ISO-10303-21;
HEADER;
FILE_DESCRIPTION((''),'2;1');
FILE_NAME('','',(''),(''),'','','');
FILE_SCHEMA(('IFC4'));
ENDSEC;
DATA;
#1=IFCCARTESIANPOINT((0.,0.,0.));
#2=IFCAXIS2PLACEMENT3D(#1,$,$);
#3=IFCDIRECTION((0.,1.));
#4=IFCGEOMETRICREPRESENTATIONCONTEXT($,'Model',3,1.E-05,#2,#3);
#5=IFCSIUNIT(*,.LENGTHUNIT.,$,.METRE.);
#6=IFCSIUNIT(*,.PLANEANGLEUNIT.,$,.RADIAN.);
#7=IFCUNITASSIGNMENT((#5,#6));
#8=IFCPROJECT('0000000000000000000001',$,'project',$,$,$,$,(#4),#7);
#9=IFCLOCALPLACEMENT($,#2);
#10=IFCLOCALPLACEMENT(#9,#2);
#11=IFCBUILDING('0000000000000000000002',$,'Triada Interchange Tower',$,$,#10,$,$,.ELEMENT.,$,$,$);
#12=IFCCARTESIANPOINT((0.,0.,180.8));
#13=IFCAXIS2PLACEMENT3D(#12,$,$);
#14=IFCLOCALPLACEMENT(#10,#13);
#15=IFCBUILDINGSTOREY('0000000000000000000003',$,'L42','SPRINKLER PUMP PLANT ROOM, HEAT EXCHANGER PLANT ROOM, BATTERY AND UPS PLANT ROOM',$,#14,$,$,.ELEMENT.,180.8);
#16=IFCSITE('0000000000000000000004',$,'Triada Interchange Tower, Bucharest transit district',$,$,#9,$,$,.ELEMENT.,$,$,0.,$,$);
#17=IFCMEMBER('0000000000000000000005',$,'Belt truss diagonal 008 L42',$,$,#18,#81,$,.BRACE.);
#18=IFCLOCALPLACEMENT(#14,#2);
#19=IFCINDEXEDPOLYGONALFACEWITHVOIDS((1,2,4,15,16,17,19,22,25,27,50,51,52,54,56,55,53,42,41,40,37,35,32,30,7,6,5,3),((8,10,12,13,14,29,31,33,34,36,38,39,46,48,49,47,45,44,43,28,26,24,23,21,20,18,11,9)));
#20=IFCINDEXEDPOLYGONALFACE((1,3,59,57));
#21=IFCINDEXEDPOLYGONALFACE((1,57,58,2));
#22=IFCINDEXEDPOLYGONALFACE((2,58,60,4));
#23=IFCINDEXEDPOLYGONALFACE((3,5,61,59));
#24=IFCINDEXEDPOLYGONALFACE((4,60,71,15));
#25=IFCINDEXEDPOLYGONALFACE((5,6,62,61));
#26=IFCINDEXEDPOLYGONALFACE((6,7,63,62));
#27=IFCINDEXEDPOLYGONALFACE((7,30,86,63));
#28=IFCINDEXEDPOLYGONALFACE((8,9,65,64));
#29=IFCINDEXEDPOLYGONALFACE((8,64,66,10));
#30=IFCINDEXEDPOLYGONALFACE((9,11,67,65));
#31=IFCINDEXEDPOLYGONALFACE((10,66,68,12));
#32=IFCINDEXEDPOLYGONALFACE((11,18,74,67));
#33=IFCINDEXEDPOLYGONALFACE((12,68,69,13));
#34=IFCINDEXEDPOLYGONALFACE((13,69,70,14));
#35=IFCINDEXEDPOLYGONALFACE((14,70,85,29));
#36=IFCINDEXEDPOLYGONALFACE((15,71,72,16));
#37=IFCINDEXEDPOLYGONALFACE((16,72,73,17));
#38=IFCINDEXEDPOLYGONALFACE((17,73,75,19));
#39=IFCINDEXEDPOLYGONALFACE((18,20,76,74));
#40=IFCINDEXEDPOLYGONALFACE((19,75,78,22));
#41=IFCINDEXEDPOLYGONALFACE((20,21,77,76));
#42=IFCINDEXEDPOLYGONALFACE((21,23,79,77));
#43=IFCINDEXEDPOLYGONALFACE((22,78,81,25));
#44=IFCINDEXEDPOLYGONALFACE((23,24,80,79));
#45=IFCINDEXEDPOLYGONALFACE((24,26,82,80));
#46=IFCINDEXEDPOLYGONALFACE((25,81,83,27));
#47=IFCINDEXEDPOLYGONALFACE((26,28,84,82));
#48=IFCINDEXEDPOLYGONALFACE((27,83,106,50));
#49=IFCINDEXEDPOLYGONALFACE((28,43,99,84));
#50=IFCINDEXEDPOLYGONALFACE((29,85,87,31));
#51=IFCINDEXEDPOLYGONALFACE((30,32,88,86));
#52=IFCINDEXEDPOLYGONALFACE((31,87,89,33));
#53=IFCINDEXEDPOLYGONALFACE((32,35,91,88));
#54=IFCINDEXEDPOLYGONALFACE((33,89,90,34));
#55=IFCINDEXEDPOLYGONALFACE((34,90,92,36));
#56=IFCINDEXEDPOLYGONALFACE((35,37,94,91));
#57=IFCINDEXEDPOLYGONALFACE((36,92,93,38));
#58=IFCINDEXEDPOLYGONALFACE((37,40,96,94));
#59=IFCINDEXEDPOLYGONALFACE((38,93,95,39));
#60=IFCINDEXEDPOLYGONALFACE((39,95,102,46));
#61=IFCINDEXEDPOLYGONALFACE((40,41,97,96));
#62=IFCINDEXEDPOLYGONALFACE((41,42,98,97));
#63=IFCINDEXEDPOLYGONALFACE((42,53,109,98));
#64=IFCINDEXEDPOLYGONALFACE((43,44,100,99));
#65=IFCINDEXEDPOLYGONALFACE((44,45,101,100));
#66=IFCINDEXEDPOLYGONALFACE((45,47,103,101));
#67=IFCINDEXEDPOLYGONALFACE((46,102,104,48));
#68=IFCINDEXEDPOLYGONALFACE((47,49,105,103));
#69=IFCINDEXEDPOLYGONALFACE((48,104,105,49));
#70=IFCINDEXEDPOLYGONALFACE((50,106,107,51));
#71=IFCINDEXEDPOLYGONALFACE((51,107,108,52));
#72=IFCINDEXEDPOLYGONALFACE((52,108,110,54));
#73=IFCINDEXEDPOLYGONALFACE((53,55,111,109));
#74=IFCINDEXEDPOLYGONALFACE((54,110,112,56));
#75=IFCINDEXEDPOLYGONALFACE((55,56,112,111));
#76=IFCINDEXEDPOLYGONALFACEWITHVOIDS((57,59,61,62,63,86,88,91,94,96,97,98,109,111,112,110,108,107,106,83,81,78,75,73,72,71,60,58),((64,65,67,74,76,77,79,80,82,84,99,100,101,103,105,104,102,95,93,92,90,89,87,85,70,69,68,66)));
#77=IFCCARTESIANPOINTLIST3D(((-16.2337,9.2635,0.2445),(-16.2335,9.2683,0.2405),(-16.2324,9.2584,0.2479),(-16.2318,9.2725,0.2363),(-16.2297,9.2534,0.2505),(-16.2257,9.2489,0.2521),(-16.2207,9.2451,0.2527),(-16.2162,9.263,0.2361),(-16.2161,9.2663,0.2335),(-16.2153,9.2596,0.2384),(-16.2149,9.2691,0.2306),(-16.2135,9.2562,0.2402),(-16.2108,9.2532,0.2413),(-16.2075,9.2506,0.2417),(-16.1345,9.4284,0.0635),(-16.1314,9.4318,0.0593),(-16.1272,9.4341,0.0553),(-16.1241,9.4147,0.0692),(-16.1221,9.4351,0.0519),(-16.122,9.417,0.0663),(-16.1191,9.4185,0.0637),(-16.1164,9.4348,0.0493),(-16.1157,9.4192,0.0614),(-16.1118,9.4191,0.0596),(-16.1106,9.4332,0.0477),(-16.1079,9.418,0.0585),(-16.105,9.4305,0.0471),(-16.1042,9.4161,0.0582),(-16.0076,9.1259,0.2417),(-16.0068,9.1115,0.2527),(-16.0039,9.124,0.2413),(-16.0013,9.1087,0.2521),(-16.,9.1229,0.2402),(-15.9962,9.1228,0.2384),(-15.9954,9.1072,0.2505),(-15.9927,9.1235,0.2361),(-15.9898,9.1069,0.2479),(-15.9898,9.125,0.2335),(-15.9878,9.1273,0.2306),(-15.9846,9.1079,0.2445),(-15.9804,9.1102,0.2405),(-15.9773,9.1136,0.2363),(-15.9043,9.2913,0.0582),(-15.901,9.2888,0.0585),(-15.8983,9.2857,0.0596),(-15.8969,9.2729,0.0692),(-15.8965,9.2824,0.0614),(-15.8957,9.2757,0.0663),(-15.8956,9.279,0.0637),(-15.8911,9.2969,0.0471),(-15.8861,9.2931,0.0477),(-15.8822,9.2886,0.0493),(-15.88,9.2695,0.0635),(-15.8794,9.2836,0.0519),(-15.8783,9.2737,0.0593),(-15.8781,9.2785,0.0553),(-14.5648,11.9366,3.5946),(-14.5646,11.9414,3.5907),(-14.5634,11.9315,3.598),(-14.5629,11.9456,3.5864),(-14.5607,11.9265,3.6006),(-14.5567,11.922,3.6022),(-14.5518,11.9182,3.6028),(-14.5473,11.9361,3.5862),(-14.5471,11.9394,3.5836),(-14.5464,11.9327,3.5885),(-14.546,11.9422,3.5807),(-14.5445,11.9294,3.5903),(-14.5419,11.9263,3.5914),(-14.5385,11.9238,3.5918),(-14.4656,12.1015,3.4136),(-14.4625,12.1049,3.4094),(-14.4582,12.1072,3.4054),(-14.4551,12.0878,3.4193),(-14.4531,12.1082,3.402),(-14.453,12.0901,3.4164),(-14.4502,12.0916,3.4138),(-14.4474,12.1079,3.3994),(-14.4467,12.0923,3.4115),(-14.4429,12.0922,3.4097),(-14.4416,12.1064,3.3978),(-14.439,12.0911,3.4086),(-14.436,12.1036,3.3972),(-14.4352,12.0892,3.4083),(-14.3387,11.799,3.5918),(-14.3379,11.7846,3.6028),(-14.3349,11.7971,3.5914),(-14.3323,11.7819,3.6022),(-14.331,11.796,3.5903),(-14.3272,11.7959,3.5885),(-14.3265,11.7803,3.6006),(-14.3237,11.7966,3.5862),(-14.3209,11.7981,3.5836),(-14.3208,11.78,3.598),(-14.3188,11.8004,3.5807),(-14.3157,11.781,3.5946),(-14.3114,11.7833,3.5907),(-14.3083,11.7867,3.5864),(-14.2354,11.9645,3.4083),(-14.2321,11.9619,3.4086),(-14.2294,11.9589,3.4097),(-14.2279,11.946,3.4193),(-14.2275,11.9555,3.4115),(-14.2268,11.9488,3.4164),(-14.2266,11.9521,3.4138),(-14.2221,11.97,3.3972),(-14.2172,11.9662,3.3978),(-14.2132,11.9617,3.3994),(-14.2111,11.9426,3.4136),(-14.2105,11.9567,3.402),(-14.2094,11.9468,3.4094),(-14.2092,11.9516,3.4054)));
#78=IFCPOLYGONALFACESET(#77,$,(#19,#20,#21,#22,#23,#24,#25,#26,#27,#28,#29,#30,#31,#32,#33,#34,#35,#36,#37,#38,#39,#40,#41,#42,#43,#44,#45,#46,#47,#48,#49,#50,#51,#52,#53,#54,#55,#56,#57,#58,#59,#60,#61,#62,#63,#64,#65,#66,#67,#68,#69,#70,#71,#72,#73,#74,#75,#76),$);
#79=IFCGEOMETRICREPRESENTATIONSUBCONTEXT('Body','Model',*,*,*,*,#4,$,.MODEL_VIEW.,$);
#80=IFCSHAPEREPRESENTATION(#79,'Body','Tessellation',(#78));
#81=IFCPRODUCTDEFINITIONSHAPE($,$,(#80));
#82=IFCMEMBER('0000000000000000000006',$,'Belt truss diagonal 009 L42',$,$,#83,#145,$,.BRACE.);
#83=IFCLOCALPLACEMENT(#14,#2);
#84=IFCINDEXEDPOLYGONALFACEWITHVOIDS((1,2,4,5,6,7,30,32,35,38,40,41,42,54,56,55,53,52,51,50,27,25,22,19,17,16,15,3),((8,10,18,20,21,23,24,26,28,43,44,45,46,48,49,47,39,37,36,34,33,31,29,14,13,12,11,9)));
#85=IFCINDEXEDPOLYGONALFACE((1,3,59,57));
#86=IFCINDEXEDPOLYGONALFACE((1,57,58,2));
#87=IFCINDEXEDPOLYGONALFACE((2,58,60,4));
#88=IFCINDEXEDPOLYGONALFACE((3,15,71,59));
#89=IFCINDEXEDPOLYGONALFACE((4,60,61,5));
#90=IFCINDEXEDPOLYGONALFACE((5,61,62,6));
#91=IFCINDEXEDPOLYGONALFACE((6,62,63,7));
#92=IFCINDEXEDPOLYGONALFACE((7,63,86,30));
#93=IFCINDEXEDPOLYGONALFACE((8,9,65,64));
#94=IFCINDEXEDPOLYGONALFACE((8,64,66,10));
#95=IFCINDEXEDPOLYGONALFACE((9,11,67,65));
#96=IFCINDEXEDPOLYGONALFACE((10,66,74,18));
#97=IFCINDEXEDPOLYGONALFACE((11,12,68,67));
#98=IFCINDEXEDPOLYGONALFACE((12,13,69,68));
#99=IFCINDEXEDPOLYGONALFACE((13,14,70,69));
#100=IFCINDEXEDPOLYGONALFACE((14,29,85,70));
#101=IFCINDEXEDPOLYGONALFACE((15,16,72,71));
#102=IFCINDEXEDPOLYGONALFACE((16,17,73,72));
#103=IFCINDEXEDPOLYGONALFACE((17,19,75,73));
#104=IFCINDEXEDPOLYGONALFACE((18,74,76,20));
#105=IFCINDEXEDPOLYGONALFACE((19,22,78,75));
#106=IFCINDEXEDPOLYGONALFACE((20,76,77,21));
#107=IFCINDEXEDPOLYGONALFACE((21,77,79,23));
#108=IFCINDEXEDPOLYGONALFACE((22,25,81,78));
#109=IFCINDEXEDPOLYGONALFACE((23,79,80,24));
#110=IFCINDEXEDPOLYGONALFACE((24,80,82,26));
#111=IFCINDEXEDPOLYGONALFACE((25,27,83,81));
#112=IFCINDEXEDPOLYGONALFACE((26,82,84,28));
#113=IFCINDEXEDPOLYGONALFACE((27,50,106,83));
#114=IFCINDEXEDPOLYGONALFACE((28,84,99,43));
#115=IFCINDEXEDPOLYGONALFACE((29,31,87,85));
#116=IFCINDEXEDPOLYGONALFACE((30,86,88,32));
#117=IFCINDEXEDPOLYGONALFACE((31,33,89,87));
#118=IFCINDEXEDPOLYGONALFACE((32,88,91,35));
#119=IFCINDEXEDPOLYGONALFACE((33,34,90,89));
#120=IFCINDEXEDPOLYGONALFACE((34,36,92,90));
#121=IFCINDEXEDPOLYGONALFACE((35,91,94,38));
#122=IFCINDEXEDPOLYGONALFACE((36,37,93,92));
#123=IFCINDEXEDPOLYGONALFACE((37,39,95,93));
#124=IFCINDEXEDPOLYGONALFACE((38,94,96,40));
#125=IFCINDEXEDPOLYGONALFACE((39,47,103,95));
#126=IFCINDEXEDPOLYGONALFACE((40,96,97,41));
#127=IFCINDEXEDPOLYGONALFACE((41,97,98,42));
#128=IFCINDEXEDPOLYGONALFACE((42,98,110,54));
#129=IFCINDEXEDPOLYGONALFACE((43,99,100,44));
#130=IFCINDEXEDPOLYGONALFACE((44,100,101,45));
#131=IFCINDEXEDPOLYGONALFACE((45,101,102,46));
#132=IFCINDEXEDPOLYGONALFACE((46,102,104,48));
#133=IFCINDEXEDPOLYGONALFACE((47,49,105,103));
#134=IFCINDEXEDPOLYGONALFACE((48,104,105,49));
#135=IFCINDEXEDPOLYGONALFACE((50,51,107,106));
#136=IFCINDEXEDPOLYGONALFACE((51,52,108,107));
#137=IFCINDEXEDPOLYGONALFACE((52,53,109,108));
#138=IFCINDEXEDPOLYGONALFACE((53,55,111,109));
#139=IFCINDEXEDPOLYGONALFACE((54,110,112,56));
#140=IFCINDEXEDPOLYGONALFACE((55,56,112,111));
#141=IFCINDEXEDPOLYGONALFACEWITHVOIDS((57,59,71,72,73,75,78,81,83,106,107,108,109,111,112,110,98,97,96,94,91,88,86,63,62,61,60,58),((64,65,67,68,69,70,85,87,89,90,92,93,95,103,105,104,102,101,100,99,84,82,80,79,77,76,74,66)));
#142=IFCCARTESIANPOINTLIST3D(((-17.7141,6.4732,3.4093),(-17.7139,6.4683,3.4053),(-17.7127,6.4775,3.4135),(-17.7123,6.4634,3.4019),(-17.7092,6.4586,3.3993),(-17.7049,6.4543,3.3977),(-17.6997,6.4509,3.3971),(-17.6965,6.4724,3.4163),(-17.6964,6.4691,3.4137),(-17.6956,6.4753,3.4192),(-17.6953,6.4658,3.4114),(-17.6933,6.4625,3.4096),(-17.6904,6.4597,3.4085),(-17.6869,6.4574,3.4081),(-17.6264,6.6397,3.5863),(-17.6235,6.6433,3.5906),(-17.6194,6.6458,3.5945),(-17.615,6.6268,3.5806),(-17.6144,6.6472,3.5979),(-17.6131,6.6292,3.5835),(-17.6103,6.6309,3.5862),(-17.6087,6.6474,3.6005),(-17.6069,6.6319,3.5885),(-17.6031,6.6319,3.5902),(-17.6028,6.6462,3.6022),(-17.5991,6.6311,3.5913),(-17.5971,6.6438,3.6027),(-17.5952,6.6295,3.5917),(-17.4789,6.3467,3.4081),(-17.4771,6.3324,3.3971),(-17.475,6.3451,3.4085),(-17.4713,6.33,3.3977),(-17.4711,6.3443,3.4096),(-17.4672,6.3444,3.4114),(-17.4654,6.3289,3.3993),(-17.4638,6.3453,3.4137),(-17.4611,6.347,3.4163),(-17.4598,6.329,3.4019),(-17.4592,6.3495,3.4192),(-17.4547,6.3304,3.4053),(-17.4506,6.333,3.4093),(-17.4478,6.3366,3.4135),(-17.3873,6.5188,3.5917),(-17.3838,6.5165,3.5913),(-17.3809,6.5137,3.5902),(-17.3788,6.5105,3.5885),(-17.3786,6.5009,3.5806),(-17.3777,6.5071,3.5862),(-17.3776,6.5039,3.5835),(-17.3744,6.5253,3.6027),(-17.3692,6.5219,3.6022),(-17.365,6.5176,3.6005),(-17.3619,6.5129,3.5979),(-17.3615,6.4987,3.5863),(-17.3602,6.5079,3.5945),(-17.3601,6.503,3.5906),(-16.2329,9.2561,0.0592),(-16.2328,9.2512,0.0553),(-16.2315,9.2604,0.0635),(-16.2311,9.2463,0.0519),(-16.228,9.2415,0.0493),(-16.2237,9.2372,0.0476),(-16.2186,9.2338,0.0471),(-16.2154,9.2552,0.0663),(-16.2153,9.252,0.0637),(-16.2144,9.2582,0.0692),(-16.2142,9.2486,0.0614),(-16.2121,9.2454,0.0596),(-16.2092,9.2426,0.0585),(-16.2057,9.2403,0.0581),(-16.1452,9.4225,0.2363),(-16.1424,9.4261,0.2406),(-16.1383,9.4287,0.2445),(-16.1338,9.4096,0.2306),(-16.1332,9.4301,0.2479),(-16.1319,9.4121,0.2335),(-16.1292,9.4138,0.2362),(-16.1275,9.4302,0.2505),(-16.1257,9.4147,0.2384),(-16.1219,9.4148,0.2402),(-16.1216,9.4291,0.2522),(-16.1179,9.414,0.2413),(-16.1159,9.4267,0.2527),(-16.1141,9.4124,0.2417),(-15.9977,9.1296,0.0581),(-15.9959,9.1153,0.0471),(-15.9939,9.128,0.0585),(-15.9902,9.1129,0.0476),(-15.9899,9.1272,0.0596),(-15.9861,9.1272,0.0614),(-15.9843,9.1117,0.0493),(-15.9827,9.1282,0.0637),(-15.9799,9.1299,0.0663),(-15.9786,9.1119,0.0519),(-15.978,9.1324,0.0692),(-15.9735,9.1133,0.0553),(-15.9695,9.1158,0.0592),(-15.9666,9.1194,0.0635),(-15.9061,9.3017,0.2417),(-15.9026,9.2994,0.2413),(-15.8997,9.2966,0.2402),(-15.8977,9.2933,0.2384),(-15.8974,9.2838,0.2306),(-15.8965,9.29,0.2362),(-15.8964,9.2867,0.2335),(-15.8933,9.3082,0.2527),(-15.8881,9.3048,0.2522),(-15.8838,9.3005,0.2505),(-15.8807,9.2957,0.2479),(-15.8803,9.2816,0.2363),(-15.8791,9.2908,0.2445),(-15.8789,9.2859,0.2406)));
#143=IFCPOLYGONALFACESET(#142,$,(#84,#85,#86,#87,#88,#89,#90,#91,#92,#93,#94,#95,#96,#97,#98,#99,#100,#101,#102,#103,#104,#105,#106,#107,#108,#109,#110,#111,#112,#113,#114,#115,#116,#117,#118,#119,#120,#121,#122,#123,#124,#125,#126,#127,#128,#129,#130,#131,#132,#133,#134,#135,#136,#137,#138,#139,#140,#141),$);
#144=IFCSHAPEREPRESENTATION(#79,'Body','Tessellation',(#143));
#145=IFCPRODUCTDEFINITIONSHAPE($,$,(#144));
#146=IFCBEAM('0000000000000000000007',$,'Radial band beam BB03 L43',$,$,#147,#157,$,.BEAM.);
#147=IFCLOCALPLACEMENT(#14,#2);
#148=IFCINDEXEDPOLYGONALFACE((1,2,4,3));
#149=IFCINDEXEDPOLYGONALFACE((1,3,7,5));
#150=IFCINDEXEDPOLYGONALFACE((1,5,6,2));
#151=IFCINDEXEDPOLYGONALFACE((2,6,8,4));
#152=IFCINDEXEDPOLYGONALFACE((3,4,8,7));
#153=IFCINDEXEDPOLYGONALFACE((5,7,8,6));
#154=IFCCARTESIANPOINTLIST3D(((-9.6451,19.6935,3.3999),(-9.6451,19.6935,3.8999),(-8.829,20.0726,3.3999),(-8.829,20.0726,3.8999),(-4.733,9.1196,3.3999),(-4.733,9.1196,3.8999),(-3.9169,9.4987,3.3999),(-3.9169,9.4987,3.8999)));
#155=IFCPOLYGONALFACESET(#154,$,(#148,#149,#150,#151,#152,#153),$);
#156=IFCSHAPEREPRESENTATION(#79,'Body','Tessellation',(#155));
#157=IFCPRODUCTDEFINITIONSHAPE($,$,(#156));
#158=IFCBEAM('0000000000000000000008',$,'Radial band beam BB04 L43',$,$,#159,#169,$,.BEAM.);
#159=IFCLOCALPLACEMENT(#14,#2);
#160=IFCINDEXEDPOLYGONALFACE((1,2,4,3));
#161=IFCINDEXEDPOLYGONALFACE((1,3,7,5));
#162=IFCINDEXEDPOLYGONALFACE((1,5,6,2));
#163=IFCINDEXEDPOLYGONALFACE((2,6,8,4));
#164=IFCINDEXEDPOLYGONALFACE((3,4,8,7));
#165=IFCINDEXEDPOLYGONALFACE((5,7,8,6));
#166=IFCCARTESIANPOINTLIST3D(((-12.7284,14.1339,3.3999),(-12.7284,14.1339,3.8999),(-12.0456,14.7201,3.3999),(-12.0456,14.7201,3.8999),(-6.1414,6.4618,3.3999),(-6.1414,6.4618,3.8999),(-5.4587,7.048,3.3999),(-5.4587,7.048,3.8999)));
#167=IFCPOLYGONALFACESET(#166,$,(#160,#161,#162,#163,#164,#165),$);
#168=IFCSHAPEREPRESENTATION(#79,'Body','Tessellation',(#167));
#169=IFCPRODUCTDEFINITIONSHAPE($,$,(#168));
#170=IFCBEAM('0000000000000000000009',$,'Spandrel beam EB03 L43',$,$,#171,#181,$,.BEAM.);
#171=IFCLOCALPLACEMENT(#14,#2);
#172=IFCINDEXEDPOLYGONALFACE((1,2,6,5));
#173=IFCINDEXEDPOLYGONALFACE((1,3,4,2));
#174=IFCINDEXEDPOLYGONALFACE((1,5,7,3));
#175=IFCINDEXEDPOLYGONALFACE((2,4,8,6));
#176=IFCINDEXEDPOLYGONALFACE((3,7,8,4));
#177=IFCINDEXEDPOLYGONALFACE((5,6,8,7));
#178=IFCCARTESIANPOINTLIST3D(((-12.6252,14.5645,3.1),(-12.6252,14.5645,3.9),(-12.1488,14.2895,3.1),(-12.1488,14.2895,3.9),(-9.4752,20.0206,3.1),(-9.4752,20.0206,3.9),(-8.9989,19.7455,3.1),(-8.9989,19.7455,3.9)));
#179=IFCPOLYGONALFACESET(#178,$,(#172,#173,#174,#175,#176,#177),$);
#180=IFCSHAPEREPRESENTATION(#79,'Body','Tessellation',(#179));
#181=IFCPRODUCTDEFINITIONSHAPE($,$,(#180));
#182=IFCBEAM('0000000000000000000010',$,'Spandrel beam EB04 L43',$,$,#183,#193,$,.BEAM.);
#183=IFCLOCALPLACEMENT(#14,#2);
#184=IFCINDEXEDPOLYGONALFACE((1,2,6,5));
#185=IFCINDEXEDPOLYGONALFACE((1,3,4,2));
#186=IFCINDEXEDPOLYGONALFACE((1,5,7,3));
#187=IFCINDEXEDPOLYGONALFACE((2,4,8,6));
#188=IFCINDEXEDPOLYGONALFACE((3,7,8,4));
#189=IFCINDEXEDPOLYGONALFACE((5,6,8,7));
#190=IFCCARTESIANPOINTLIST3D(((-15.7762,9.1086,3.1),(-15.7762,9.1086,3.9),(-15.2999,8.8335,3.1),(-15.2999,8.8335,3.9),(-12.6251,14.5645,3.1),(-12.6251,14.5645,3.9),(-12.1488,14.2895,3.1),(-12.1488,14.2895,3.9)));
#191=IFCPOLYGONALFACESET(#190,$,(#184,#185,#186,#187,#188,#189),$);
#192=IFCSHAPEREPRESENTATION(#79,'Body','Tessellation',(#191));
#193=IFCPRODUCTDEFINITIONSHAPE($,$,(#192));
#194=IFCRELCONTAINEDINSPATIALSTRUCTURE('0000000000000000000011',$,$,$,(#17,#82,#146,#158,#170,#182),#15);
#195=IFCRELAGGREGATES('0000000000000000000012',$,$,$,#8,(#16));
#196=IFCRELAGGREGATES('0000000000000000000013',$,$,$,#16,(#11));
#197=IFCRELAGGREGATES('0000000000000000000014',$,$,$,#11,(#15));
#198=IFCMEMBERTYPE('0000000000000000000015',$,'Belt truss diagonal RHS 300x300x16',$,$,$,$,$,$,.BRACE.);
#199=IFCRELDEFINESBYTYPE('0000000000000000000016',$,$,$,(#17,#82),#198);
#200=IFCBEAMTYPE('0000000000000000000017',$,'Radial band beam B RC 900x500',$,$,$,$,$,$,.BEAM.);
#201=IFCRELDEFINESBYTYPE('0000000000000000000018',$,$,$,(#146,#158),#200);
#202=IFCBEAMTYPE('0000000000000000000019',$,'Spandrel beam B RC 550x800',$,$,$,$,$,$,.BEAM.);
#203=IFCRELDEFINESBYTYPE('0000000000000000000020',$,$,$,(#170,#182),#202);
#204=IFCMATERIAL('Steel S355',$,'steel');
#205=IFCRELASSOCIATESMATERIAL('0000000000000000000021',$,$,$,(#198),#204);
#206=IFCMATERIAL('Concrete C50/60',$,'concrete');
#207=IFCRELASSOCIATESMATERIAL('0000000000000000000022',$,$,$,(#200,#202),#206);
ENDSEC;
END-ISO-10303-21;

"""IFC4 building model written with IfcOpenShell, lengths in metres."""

from ifc_helpers import new_model, si_unit, direction, frame, origin, origin_2d, place, context, subcontext, project, spatial, rectangle, hollow_rectangle, extrude, material, material_profile, profile_set, type_object, element, save


model = new_model("IFC4")

# Units and contexts
model_context = context("Model", 3, precision=1e-05, world=origin(), true_north=direction((0.0, 1.0)))
body_context = subcontext(model_context, "Body", "Model", "MODEL_VIEW")
ifc_project = project(units=[si_unit("LENGTHUNIT", "METRE"), si_unit("PLANEANGLEUNIT", "RADIAN")], contexts=[model_context])

# Site, building, storey
site_placement = place(None, origin())
site = spatial("IfcSite", under=ifc_project, at=site_placement, Name="Triada Interchange Tower, Bucharest transit district", CompositionType="ELEMENT", RefElevation=0.0)
building_placement = place(site_placement, origin())
building = spatial("IfcBuilding", under=site, at=building_placement, Name="Triada Interchange Tower", CompositionType="ELEMENT")
storey_placement = place(building_placement, frame((0.0, 0.0, 180.8)))
storey = spatial("IfcBuildingStorey", under=building, at=storey_placement, Name="L42", Description="SPRINKLER PUMP PLANT ROOM, HEAT EXCHANGER PLANT ROOM, BATTERY AND UPS PLANT ROOM", CompositionType="ELEMENT", Elevation=180.8)

# Members
ifc_material_1 = material(Name="Steel S355", Category="steel")
ifc_material_profile_1 = material_profile(ifc_material_1, hollow_rectangle(XDim=0.3, YDim=0.3, WallThickness=0.0161, InnerFilletRadius=0.0161, OuterFilletRadius=0.0239, at=origin_2d()), Name="RHS 300x300x16")
ifc_profile_set_1 = profile_set([ifc_material_profile_1], Name="Steel S355")
member_type = type_object("IfcMemberType", Name="Belt truss diagonal RHS 300x300x16", PredefinedType="BRACE", material=ifc_profile_set_1)
member_1_placement = place(storey_placement, frame((-16.0559, 9.271, 0.1499), z_axis=(0.362866, 0.581191, 0.728386), x_axis=(-0.848246, 0.529602, 0.0)))
element("IfcMember", 1, at=member_1_placement, inside=storey, type_object=member_type, Name="Belt truss diagonal 008 L42", PredefinedType="BRACE", context=body_context, shape_type="SweptSolid", body=[
    extrude(hollow_rectangle(XDim=0.3, YDim=0.3, WallThickness=0.0161, InnerFilletRadius=0.0161, OuterFilletRadius=0.0239, at=origin_2d()), origin(), (0.0, 0.0, 1.0), 4.5994),
])
member_2_placement = place(storey_placement, frame((-16.0559, 9.271, 0.1499), z_axis=(-0.321985, -0.604963, 0.728248), x_axis=(0.882753, -0.469836, 0.0)))
element("IfcMember", 2, at=member_2_placement, inside=storey, type_object=member_type, Name="Belt truss diagonal 009 L42", PredefinedType="BRACE", context=body_context, shape_type="SweptSolid", body=[
    extrude(hollow_rectangle(XDim=0.3, YDim=0.3, WallThickness=0.0161, InnerFilletRadius=0.0161, OuterFilletRadius=0.0239, at=origin_2d()), origin(), (0.0, 0.0, 1.0), 4.6001),
])

# Beams
ifc_material_2 = material(Name="Concrete C50/60", Category="concrete")
ifc_material_profile_2 = material_profile(ifc_material_2, rectangle(XDim=0.8999, YDim=0.5, at=origin_2d()), Name="RC 900x500")
ifc_profile_set_2 = profile_set([ifc_material_profile_2], Name="Concrete C50/60")
beam_type_1 = type_object("IfcBeamType", Name="Radial band beam B RC 900x500", PredefinedType="BEAM", material=ifc_profile_set_2)
beam_1_placement = place(storey_placement, frame((-9.2371, 19.8831, 3.6499), z_axis=(0.421306, -0.906918, 0.0), x_axis=(0.906918, 0.421306, 0.0)))
element("IfcBeam", 3, at=beam_1_placement, inside=storey, type_object=beam_type_1, Name="Radial band beam BB03 L43", PredefinedType="BEAM", context=body_context, shape_type="SweptSolid", body=[
    extrude(rectangle(XDim=0.8999, YDim=0.5, at=origin_2d()), origin(), (0.0, 0.0, 1.0), 11.6592),
])
beam_2_placement = place(storey_placement, frame((-12.387, 14.427, 3.6499), z_axis=(0.651408, -0.758728, 0.0), x_axis=(0.758728, 0.651408, 0.0)))
element("IfcBeam", 4, at=beam_2_placement, inside=storey, type_object=beam_type_1, Name="Radial band beam BB04 L43", PredefinedType="BEAM", context=body_context, shape_type="SweptSolid", body=[
    extrude(rectangle(XDim=0.8999, YDim=0.5, at=origin_2d()), origin(), (0.0, 0.0, 1.0), 10.1118),
])
ifc_material_profile_3 = material_profile(ifc_material_2, rectangle(XDim=0.55, YDim=0.8, at=origin_2d()), Name="RC 550x800")
ifc_profile_set_3 = profile_set([ifc_material_profile_3], Name="Concrete C50/60")
beam_type_2 = type_object("IfcBeamType", Name="Spandrel beam B RC 550x800", PredefinedType="BEAM", material=ifc_profile_set_3)
beam_3_placement = place(storey_placement, frame((-9.2371, 19.8831, 3.5), z_axis=(-0.499982, -0.866036, 0.0), x_axis=(0.866036, -0.499982, 0.0)))
element("IfcBeam", 5, at=beam_3_placement, inside=storey, type_object=beam_type_2, Name="Spandrel beam EB03 L43", PredefinedType="BEAM", context=body_context, shape_type="SweptSolid", body=[
    extrude(rectangle(XDim=0.55, YDim=0.8, at=origin_2d()), origin(), (0.0, 0.0, 1.0), 6.3),
])
beam_4_placement = place(storey_placement, frame((-12.387, 14.427, 3.5), z_axis=(-0.500127, -0.865952, 0.0), x_axis=(0.865952, -0.500127, 0.0)))
element("IfcBeam", 6, at=beam_4_placement, inside=storey, type_object=beam_type_2, Name="Spandrel beam EB04 L43", PredefinedType="BEAM", context=body_context, shape_type="SweptSolid", body=[
    extrude(rectangle(XDim=0.55, YDim=0.8, at=origin_2d()), origin(), (0.0, 0.0, 1.0), 6.3005),
])

save(model, "model.ifc")
